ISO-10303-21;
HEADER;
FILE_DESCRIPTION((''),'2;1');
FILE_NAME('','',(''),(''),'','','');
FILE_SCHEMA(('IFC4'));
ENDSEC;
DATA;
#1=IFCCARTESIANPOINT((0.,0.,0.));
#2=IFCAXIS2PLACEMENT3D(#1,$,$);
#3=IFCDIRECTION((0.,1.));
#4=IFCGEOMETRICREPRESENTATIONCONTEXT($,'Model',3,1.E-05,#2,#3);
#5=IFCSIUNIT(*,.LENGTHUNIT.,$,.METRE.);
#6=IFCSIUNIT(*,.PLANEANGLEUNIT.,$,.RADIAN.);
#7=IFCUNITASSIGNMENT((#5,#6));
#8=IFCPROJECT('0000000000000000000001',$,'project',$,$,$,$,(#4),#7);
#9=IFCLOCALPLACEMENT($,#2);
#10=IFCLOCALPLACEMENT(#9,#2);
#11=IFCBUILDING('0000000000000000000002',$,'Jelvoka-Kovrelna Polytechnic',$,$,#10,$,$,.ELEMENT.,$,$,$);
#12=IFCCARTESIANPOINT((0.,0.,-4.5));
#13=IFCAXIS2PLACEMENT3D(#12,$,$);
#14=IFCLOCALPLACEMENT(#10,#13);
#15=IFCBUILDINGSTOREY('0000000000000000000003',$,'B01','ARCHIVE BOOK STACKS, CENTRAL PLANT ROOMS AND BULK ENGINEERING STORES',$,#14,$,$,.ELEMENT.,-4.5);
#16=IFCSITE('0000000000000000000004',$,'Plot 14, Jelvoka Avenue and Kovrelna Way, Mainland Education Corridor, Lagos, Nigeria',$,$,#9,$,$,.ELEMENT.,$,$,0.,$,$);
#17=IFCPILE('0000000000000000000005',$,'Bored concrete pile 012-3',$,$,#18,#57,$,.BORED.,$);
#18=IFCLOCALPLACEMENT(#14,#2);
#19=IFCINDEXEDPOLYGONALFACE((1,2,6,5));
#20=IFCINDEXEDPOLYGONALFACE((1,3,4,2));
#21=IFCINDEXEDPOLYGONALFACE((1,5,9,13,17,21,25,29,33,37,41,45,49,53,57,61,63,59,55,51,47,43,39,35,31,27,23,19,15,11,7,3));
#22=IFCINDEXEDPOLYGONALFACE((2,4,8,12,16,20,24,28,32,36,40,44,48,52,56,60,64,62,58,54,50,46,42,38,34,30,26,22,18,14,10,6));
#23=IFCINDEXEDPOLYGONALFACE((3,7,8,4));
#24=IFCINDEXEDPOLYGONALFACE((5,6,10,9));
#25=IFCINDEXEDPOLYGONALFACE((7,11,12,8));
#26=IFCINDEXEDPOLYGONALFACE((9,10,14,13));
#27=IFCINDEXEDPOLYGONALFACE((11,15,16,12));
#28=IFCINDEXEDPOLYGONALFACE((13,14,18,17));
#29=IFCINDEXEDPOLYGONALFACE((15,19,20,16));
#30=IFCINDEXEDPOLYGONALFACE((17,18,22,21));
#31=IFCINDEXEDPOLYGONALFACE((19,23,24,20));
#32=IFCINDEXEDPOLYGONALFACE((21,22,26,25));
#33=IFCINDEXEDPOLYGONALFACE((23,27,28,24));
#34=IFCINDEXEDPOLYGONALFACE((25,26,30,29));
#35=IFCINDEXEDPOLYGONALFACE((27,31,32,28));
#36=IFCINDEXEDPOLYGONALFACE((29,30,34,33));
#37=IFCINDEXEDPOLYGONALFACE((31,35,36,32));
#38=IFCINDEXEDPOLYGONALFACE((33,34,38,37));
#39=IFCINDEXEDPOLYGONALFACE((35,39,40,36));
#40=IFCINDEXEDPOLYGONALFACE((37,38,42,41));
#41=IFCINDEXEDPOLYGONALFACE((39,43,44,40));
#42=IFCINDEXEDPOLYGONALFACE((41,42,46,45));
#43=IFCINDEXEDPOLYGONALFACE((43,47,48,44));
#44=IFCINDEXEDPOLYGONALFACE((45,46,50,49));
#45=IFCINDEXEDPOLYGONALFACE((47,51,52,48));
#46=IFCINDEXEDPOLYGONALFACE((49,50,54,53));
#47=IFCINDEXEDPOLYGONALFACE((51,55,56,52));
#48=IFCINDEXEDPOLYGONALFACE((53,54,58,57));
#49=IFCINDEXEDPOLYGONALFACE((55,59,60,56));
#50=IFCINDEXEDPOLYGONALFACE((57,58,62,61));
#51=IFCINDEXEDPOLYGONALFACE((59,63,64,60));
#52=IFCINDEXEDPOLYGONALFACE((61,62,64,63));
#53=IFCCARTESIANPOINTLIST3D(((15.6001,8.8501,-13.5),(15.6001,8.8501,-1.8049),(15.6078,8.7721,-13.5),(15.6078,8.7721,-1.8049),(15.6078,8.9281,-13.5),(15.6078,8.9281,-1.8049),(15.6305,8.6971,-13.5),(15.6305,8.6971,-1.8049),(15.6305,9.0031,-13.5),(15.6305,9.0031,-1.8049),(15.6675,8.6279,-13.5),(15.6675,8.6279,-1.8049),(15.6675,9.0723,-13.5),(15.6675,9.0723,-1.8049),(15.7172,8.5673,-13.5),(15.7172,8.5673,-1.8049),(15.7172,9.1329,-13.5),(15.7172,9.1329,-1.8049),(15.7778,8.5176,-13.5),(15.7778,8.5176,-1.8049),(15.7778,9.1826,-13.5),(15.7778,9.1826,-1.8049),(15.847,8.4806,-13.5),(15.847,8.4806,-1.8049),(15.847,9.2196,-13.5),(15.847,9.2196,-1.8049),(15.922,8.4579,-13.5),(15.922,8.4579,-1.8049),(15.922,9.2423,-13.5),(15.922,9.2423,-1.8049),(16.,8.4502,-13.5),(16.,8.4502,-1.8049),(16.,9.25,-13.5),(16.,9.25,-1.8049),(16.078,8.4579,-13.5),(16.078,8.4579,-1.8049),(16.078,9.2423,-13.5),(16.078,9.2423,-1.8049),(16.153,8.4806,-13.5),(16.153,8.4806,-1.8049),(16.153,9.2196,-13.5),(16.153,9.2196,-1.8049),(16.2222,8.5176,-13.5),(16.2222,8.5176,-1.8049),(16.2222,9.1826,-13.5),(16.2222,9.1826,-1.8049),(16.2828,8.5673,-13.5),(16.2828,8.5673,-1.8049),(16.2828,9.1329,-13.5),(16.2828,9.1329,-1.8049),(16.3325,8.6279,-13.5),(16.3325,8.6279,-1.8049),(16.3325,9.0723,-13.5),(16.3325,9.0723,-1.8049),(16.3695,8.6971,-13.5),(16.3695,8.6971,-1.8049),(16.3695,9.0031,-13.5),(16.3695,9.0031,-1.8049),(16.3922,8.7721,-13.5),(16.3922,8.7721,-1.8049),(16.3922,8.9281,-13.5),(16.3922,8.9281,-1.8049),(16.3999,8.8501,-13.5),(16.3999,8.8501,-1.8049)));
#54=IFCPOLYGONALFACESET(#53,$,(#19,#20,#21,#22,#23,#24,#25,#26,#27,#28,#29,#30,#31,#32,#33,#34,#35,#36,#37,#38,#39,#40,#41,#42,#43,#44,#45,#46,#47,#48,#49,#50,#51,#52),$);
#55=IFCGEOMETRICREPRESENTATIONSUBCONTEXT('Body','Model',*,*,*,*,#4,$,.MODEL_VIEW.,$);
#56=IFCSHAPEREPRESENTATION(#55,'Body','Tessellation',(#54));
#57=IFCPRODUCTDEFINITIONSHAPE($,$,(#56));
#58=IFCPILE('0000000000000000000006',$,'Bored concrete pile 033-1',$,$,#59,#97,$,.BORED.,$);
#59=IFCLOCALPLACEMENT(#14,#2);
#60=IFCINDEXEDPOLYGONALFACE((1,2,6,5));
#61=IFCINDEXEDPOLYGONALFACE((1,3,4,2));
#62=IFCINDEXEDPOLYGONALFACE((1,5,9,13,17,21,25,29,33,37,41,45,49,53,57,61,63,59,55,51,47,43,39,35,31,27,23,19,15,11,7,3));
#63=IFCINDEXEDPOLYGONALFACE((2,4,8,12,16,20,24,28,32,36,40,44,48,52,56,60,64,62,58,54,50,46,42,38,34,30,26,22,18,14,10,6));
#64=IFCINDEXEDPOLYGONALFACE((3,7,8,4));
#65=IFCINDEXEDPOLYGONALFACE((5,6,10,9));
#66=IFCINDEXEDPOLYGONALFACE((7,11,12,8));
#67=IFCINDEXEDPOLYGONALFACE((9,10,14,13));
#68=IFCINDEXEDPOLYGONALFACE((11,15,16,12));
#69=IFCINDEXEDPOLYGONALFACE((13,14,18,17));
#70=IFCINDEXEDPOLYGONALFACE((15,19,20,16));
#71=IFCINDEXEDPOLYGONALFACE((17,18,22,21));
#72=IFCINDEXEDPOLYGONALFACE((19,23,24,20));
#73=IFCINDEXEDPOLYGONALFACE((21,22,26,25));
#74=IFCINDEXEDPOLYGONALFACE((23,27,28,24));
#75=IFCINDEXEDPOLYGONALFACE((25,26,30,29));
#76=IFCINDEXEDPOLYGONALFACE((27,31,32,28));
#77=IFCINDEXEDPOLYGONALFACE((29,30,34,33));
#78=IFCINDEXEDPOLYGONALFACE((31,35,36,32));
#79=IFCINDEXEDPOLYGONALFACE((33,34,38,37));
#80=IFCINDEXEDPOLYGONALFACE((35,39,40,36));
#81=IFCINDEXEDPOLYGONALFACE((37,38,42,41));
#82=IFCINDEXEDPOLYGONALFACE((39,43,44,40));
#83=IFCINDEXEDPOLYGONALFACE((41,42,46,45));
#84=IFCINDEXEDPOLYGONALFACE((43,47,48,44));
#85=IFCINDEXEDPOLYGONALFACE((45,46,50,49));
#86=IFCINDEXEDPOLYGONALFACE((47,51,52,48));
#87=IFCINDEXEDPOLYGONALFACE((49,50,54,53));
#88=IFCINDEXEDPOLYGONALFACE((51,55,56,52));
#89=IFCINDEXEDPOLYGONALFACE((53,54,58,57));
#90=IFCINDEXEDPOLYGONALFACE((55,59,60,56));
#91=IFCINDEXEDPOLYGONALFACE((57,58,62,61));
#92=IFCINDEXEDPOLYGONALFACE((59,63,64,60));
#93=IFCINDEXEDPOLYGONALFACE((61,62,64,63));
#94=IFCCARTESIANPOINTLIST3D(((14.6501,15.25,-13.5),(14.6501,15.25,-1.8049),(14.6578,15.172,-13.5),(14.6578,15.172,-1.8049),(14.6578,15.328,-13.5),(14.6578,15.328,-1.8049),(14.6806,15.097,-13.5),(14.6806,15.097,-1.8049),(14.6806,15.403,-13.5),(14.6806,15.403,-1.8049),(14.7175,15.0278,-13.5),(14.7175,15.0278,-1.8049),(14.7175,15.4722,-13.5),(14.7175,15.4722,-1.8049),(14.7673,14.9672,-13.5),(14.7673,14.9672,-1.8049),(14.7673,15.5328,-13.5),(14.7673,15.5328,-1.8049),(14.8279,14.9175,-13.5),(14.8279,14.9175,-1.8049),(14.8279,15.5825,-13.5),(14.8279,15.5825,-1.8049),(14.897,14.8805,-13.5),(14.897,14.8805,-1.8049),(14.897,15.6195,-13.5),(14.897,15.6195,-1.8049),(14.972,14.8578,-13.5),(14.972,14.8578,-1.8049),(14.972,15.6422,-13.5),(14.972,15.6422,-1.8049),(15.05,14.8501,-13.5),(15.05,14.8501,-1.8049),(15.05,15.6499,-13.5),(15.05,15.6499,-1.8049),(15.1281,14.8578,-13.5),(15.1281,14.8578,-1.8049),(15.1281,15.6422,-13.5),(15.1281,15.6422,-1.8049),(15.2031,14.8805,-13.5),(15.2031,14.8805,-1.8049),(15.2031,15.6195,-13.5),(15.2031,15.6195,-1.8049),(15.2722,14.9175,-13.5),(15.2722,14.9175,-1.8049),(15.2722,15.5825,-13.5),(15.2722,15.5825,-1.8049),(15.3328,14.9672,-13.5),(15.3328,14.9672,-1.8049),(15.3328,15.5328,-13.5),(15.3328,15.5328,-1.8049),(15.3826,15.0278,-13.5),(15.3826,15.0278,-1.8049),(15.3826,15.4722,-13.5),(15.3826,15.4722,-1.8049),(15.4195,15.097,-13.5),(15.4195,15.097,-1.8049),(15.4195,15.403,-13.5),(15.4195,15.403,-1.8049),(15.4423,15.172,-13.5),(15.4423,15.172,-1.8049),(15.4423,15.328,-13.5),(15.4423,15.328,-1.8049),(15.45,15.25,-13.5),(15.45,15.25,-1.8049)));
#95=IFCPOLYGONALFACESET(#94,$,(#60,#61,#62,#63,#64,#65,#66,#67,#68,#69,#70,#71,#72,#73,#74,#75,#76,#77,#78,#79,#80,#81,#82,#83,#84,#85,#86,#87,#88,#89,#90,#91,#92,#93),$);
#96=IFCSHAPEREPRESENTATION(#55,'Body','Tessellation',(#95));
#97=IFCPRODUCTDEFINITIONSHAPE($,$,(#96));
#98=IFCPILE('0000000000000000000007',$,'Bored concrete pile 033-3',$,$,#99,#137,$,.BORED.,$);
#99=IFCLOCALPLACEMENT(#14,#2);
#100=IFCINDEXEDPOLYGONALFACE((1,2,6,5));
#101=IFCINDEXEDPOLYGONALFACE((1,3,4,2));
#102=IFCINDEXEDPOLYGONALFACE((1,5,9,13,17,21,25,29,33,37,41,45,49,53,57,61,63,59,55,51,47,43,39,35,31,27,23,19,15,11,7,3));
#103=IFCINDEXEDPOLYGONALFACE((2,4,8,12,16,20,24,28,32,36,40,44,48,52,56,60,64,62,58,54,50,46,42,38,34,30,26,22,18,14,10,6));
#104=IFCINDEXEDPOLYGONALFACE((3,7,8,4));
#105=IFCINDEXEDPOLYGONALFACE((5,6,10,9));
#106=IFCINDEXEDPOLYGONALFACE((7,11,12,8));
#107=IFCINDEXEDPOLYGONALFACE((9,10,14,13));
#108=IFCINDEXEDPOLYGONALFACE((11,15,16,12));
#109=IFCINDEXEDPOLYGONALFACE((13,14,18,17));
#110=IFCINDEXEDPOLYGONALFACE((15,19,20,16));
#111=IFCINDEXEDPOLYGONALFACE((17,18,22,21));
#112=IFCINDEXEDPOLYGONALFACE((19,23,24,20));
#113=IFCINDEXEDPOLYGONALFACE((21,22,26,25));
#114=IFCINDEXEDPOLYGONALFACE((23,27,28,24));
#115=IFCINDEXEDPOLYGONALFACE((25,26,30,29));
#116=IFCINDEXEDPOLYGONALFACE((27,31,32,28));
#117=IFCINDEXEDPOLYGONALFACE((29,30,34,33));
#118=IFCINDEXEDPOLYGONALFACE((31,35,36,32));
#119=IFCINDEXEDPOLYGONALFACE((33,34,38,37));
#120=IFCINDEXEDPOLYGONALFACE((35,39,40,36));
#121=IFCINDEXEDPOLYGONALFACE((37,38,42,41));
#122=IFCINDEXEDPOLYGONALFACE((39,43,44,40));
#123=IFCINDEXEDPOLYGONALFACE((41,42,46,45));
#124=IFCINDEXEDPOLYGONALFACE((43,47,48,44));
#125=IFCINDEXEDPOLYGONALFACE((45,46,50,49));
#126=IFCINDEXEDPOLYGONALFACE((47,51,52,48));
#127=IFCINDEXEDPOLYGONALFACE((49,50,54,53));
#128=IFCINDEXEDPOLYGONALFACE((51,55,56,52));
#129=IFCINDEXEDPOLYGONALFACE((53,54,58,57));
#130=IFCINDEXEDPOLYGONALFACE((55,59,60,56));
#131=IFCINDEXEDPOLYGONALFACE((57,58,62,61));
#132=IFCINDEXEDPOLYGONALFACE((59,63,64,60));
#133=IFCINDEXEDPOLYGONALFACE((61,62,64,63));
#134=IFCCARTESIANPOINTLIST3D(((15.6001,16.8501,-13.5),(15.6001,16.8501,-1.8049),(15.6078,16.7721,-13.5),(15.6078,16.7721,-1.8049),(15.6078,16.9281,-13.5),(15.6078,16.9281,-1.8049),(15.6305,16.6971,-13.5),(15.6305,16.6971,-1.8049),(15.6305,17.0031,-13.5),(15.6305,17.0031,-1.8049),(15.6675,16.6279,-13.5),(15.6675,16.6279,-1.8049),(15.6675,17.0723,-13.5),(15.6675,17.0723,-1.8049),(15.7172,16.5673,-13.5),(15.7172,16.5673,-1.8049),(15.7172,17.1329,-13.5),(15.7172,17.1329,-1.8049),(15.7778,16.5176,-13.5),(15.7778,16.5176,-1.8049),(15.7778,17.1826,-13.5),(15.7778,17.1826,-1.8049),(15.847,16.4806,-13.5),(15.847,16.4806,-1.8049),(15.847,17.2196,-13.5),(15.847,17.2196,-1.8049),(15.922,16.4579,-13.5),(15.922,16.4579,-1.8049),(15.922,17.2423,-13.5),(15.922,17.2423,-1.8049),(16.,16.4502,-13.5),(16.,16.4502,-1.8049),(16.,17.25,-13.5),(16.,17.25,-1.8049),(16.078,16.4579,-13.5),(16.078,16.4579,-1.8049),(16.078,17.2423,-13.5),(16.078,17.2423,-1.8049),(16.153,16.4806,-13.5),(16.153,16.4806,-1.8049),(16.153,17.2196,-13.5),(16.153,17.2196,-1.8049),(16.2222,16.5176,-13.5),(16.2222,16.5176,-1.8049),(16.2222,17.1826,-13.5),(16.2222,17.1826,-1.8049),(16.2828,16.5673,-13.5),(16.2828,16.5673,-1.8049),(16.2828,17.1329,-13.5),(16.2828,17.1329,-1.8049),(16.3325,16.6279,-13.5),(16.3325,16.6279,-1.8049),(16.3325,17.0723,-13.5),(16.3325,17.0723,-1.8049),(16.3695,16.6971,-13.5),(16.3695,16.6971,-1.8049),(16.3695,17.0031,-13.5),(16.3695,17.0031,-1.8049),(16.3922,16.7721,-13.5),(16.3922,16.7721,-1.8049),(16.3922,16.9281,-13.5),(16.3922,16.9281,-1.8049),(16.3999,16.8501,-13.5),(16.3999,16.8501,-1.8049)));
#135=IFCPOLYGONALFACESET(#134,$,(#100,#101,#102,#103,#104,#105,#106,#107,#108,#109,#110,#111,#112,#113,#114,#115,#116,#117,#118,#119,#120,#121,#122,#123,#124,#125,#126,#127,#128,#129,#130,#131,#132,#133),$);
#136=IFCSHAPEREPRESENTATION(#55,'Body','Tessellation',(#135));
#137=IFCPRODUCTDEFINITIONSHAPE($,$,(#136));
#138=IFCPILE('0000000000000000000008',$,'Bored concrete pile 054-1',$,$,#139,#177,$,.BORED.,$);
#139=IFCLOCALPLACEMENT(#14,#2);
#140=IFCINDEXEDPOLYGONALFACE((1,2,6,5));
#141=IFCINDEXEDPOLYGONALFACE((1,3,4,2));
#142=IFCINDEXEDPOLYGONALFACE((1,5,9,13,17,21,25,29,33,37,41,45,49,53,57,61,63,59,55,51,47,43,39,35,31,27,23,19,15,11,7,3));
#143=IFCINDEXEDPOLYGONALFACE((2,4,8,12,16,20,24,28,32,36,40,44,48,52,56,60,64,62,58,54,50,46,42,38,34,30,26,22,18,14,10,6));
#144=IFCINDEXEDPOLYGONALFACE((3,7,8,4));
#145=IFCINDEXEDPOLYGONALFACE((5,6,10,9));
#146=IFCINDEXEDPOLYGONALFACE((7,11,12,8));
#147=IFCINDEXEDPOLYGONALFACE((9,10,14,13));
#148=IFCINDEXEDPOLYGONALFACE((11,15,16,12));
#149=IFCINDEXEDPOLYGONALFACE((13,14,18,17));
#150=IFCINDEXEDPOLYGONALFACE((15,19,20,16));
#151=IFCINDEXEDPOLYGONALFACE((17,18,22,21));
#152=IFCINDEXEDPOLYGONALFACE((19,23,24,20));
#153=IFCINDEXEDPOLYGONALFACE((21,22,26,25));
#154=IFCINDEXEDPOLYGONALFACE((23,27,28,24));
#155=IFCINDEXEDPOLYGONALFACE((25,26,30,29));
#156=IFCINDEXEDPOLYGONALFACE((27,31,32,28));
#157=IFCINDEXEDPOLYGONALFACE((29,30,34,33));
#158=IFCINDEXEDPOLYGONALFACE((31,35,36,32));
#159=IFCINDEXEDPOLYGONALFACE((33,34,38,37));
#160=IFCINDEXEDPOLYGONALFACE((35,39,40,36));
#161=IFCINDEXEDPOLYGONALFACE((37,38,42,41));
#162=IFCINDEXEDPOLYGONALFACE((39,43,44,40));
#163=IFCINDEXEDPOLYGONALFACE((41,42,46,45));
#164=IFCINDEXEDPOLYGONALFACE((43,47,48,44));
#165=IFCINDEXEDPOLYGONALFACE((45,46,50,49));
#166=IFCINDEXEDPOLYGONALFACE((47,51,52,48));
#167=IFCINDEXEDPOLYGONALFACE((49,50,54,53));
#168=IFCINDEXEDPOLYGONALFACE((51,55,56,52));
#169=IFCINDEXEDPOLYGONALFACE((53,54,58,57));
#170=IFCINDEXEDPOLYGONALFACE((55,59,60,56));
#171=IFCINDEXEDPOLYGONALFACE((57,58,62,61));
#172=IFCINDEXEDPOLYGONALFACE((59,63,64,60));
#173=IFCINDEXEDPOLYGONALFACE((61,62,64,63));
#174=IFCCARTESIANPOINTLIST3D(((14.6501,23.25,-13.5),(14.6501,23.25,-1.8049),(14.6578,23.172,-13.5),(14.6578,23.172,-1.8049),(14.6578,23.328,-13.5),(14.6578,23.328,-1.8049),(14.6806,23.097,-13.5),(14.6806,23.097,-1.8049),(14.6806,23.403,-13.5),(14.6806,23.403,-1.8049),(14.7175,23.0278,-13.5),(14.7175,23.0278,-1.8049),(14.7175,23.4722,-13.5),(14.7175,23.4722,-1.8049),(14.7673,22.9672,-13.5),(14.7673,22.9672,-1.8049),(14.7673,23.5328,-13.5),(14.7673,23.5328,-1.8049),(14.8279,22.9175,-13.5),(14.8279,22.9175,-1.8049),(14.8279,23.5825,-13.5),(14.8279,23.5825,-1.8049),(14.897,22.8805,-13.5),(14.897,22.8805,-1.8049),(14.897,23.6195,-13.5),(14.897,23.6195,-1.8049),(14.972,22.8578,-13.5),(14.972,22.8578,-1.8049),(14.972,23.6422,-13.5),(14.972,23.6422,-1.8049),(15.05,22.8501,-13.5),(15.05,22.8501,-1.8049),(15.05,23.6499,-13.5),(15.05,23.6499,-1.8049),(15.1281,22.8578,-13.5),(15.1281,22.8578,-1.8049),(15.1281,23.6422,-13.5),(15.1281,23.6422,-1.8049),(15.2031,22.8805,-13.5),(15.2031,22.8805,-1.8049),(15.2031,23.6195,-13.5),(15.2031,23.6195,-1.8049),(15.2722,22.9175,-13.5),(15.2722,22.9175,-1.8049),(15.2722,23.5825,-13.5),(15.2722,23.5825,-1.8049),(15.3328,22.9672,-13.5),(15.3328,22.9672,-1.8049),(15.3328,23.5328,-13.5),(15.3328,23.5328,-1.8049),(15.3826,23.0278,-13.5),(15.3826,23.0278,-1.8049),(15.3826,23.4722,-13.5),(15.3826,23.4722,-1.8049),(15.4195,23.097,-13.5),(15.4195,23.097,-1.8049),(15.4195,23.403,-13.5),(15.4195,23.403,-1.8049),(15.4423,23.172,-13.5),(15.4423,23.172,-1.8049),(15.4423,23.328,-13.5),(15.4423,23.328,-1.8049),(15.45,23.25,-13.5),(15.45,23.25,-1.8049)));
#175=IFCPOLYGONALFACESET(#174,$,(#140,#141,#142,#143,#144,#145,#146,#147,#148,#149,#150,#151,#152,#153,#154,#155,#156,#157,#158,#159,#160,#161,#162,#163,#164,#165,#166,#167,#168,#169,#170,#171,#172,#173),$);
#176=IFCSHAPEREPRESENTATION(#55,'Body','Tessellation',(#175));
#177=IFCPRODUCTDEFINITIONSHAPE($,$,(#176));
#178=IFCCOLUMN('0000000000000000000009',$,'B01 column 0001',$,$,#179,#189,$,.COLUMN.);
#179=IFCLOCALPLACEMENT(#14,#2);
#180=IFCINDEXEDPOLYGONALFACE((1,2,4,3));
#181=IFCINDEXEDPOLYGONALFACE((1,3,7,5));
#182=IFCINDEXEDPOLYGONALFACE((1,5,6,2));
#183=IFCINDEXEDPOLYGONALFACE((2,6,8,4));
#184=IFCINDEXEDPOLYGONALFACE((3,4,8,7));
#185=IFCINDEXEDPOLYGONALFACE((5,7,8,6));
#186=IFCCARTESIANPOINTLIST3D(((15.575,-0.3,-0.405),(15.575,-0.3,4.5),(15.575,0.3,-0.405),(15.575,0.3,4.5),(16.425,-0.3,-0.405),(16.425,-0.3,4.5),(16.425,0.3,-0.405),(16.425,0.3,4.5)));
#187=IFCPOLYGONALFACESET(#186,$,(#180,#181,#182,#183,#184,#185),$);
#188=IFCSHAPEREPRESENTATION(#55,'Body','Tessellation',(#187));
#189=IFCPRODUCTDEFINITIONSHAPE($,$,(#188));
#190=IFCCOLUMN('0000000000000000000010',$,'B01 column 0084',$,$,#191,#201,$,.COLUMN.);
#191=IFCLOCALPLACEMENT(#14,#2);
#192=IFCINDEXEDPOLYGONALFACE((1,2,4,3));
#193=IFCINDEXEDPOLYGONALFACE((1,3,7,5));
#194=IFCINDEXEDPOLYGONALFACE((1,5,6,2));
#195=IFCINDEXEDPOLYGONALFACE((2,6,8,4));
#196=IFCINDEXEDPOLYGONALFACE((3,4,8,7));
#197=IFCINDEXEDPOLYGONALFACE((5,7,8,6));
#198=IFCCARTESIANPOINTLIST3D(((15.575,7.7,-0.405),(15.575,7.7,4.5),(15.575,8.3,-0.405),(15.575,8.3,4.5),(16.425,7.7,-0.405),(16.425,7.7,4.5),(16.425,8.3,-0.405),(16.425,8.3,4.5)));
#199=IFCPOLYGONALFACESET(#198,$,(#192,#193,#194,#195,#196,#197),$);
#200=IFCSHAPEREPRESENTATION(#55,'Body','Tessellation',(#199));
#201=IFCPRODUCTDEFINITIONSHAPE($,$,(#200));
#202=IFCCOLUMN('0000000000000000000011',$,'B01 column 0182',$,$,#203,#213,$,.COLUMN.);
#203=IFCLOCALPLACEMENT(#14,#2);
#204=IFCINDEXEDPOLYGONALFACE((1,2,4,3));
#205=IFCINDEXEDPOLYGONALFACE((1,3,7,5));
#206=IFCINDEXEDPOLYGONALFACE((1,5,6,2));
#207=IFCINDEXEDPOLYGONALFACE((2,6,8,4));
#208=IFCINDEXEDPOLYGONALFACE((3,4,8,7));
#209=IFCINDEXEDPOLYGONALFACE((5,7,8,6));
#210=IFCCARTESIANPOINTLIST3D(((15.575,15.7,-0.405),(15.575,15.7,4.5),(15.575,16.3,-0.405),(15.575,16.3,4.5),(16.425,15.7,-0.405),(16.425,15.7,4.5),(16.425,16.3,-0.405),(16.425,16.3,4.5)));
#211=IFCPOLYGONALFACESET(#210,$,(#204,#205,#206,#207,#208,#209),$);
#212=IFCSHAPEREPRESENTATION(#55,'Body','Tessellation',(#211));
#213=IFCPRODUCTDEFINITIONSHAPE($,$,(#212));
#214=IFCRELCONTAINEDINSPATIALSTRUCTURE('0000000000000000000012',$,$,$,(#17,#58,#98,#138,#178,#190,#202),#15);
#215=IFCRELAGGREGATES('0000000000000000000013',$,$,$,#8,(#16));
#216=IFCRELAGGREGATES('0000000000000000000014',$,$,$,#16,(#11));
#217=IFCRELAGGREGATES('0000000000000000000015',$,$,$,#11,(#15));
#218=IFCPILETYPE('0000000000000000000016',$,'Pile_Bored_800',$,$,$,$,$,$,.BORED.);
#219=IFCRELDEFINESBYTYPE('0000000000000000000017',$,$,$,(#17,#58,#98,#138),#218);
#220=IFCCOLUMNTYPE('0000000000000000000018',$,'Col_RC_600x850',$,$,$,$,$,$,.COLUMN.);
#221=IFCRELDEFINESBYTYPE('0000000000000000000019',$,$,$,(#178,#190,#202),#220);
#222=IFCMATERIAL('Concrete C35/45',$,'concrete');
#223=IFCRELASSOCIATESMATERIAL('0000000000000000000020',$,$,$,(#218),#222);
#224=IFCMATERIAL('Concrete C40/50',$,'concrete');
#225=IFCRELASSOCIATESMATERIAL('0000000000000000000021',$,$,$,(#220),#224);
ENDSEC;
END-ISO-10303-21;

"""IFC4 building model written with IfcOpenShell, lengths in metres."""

from ifc_helpers import new_model, si_unit, direction, frame, origin, origin_2d, place, context, subcontext, project, spatial, rectangle, circle, extrude, material, material_profile, profile_set, type_object, element, save


model = new_model("IFC4")

# Units and contexts
model_context = context("Model", 3, precision=1e-05, world=origin(), true_north=direction((0.0, 1.0)))
body_context = subcontext(model_context, "Body", "Model", "MODEL_VIEW")
ifc_project = project(units=[si_unit("LENGTHUNIT", "METRE"), si_unit("PLANEANGLEUNIT", "RADIAN")], contexts=[model_context])

# Site, building, storey
site_placement = place(None, origin())
site = spatial("IfcSite", under=ifc_project, at=site_placement, Name="Plot 14, Jelvoka Avenue and Kovrelna Way, Mainland Education Corridor, Lagos, Nigeria", CompositionType="ELEMENT", RefElevation=0.0)
building_placement = place(site_placement, origin())
building = spatial("IfcBuilding", under=site, at=building_placement, Name="Jelvoka-Kovrelna Polytechnic", CompositionType="ELEMENT")
storey_placement = place(building_placement, frame((0.0, 0.0, -4.5)))
storey = spatial("IfcBuildingStorey", under=building, at=storey_placement, Name="B01", Description="ARCHIVE BOOK STACKS, CENTRAL PLANT ROOMS AND BULK ENGINEERING STORES", CompositionType="ELEMENT", Elevation=-4.5)

# Piles
ifc_material_1 = material(Name="Concrete C35/45", Category="concrete")
ifc_material_profile_1 = material_profile(ifc_material_1, circle(Radius=0.3999, at=origin_2d()), Name="PILE D800")
ifc_profile_set_1 = profile_set([ifc_material_profile_1], Name="Concrete C35/45")
pile_type = type_object("IfcPileType", Name="Pile_Bored_800", PredefinedType="BORED", material=ifc_profile_set_1)
for number, where, z_axis, x_axis, name in (
    (1, (16.0, 8.8501, -1.8049), (0.0, 0.0, -1.0), (1.0, 0.0, 0.0), "Bored concrete pile 012-3"),
    (2, (15.05, 15.25, -1.8049), (0.0, 0.0, -1.0), (1.0, 0.0, 0.0), "Bored concrete pile 033-1"),
    (3, (16.0, 16.8501, -1.8049), (0.0, 0.0, -1.0), (1.0, 0.0, 0.0), "Bored concrete pile 033-3"),
    (4, (15.05, 23.25, -1.8049), (0.0, 0.0, -1.0), (1.0, 0.0, 0.0), "Bored concrete pile 054-1"),
):
    element("IfcPile", number, at=place(storey_placement, frame(where, z_axis=z_axis, x_axis=x_axis)), inside=storey, type_object=pile_type, Name=name, PredefinedType="BORED", context=body_context, shape_type="SweptSolid", body=[
        extrude(circle(Radius=0.3999, at=origin_2d()), origin(), (0.0, 0.0, 1.0), 11.6951),
    ])

# Columns
ifc_material_2 = material(Name="Concrete C40/50", Category="concrete")
ifc_material_profile_2 = material_profile(ifc_material_2, rectangle(XDim=0.6001, YDim=0.8501, at=origin_2d()), Name="RC 600x850")
ifc_profile_set_2 = profile_set([ifc_material_profile_2], Name="Concrete C40/50")
column_type = type_object("IfcColumnType", Name="Col_RC_600x850", PredefinedType="COLUMN", material=ifc_profile_set_2)
for number, where, z_axis, x_axis, name in (
    (5, (16.0, 0.0, -0.405), (0.0, 0.0, 1.0), (0.0, 1.0, 0.0), "B01 column 0001"),
    (6, (16.0, 8.0, -0.405), (0.0, 0.0, 1.0), (0.0, 1.0, 0.0), "B01 column 0084"),
    (7, (16.0, 16.0, -0.405), (0.0, 0.0, 1.0), (0.0, 1.0, 0.0), "B01 column 0182"),
):
    element("IfcColumn", number, at=place(storey_placement, frame(where, z_axis=z_axis, x_axis=x_axis)), inside=storey, type_object=column_type, Name=name, PredefinedType="COLUMN", context=body_context, shape_type="SweptSolid", body=[
        extrude(rectangle(XDim=0.6001, YDim=0.8501, at=origin_2d()), origin(), (0.0, 0.0, 1.0), 4.905),
    ])

save(model, "model.ifc")
